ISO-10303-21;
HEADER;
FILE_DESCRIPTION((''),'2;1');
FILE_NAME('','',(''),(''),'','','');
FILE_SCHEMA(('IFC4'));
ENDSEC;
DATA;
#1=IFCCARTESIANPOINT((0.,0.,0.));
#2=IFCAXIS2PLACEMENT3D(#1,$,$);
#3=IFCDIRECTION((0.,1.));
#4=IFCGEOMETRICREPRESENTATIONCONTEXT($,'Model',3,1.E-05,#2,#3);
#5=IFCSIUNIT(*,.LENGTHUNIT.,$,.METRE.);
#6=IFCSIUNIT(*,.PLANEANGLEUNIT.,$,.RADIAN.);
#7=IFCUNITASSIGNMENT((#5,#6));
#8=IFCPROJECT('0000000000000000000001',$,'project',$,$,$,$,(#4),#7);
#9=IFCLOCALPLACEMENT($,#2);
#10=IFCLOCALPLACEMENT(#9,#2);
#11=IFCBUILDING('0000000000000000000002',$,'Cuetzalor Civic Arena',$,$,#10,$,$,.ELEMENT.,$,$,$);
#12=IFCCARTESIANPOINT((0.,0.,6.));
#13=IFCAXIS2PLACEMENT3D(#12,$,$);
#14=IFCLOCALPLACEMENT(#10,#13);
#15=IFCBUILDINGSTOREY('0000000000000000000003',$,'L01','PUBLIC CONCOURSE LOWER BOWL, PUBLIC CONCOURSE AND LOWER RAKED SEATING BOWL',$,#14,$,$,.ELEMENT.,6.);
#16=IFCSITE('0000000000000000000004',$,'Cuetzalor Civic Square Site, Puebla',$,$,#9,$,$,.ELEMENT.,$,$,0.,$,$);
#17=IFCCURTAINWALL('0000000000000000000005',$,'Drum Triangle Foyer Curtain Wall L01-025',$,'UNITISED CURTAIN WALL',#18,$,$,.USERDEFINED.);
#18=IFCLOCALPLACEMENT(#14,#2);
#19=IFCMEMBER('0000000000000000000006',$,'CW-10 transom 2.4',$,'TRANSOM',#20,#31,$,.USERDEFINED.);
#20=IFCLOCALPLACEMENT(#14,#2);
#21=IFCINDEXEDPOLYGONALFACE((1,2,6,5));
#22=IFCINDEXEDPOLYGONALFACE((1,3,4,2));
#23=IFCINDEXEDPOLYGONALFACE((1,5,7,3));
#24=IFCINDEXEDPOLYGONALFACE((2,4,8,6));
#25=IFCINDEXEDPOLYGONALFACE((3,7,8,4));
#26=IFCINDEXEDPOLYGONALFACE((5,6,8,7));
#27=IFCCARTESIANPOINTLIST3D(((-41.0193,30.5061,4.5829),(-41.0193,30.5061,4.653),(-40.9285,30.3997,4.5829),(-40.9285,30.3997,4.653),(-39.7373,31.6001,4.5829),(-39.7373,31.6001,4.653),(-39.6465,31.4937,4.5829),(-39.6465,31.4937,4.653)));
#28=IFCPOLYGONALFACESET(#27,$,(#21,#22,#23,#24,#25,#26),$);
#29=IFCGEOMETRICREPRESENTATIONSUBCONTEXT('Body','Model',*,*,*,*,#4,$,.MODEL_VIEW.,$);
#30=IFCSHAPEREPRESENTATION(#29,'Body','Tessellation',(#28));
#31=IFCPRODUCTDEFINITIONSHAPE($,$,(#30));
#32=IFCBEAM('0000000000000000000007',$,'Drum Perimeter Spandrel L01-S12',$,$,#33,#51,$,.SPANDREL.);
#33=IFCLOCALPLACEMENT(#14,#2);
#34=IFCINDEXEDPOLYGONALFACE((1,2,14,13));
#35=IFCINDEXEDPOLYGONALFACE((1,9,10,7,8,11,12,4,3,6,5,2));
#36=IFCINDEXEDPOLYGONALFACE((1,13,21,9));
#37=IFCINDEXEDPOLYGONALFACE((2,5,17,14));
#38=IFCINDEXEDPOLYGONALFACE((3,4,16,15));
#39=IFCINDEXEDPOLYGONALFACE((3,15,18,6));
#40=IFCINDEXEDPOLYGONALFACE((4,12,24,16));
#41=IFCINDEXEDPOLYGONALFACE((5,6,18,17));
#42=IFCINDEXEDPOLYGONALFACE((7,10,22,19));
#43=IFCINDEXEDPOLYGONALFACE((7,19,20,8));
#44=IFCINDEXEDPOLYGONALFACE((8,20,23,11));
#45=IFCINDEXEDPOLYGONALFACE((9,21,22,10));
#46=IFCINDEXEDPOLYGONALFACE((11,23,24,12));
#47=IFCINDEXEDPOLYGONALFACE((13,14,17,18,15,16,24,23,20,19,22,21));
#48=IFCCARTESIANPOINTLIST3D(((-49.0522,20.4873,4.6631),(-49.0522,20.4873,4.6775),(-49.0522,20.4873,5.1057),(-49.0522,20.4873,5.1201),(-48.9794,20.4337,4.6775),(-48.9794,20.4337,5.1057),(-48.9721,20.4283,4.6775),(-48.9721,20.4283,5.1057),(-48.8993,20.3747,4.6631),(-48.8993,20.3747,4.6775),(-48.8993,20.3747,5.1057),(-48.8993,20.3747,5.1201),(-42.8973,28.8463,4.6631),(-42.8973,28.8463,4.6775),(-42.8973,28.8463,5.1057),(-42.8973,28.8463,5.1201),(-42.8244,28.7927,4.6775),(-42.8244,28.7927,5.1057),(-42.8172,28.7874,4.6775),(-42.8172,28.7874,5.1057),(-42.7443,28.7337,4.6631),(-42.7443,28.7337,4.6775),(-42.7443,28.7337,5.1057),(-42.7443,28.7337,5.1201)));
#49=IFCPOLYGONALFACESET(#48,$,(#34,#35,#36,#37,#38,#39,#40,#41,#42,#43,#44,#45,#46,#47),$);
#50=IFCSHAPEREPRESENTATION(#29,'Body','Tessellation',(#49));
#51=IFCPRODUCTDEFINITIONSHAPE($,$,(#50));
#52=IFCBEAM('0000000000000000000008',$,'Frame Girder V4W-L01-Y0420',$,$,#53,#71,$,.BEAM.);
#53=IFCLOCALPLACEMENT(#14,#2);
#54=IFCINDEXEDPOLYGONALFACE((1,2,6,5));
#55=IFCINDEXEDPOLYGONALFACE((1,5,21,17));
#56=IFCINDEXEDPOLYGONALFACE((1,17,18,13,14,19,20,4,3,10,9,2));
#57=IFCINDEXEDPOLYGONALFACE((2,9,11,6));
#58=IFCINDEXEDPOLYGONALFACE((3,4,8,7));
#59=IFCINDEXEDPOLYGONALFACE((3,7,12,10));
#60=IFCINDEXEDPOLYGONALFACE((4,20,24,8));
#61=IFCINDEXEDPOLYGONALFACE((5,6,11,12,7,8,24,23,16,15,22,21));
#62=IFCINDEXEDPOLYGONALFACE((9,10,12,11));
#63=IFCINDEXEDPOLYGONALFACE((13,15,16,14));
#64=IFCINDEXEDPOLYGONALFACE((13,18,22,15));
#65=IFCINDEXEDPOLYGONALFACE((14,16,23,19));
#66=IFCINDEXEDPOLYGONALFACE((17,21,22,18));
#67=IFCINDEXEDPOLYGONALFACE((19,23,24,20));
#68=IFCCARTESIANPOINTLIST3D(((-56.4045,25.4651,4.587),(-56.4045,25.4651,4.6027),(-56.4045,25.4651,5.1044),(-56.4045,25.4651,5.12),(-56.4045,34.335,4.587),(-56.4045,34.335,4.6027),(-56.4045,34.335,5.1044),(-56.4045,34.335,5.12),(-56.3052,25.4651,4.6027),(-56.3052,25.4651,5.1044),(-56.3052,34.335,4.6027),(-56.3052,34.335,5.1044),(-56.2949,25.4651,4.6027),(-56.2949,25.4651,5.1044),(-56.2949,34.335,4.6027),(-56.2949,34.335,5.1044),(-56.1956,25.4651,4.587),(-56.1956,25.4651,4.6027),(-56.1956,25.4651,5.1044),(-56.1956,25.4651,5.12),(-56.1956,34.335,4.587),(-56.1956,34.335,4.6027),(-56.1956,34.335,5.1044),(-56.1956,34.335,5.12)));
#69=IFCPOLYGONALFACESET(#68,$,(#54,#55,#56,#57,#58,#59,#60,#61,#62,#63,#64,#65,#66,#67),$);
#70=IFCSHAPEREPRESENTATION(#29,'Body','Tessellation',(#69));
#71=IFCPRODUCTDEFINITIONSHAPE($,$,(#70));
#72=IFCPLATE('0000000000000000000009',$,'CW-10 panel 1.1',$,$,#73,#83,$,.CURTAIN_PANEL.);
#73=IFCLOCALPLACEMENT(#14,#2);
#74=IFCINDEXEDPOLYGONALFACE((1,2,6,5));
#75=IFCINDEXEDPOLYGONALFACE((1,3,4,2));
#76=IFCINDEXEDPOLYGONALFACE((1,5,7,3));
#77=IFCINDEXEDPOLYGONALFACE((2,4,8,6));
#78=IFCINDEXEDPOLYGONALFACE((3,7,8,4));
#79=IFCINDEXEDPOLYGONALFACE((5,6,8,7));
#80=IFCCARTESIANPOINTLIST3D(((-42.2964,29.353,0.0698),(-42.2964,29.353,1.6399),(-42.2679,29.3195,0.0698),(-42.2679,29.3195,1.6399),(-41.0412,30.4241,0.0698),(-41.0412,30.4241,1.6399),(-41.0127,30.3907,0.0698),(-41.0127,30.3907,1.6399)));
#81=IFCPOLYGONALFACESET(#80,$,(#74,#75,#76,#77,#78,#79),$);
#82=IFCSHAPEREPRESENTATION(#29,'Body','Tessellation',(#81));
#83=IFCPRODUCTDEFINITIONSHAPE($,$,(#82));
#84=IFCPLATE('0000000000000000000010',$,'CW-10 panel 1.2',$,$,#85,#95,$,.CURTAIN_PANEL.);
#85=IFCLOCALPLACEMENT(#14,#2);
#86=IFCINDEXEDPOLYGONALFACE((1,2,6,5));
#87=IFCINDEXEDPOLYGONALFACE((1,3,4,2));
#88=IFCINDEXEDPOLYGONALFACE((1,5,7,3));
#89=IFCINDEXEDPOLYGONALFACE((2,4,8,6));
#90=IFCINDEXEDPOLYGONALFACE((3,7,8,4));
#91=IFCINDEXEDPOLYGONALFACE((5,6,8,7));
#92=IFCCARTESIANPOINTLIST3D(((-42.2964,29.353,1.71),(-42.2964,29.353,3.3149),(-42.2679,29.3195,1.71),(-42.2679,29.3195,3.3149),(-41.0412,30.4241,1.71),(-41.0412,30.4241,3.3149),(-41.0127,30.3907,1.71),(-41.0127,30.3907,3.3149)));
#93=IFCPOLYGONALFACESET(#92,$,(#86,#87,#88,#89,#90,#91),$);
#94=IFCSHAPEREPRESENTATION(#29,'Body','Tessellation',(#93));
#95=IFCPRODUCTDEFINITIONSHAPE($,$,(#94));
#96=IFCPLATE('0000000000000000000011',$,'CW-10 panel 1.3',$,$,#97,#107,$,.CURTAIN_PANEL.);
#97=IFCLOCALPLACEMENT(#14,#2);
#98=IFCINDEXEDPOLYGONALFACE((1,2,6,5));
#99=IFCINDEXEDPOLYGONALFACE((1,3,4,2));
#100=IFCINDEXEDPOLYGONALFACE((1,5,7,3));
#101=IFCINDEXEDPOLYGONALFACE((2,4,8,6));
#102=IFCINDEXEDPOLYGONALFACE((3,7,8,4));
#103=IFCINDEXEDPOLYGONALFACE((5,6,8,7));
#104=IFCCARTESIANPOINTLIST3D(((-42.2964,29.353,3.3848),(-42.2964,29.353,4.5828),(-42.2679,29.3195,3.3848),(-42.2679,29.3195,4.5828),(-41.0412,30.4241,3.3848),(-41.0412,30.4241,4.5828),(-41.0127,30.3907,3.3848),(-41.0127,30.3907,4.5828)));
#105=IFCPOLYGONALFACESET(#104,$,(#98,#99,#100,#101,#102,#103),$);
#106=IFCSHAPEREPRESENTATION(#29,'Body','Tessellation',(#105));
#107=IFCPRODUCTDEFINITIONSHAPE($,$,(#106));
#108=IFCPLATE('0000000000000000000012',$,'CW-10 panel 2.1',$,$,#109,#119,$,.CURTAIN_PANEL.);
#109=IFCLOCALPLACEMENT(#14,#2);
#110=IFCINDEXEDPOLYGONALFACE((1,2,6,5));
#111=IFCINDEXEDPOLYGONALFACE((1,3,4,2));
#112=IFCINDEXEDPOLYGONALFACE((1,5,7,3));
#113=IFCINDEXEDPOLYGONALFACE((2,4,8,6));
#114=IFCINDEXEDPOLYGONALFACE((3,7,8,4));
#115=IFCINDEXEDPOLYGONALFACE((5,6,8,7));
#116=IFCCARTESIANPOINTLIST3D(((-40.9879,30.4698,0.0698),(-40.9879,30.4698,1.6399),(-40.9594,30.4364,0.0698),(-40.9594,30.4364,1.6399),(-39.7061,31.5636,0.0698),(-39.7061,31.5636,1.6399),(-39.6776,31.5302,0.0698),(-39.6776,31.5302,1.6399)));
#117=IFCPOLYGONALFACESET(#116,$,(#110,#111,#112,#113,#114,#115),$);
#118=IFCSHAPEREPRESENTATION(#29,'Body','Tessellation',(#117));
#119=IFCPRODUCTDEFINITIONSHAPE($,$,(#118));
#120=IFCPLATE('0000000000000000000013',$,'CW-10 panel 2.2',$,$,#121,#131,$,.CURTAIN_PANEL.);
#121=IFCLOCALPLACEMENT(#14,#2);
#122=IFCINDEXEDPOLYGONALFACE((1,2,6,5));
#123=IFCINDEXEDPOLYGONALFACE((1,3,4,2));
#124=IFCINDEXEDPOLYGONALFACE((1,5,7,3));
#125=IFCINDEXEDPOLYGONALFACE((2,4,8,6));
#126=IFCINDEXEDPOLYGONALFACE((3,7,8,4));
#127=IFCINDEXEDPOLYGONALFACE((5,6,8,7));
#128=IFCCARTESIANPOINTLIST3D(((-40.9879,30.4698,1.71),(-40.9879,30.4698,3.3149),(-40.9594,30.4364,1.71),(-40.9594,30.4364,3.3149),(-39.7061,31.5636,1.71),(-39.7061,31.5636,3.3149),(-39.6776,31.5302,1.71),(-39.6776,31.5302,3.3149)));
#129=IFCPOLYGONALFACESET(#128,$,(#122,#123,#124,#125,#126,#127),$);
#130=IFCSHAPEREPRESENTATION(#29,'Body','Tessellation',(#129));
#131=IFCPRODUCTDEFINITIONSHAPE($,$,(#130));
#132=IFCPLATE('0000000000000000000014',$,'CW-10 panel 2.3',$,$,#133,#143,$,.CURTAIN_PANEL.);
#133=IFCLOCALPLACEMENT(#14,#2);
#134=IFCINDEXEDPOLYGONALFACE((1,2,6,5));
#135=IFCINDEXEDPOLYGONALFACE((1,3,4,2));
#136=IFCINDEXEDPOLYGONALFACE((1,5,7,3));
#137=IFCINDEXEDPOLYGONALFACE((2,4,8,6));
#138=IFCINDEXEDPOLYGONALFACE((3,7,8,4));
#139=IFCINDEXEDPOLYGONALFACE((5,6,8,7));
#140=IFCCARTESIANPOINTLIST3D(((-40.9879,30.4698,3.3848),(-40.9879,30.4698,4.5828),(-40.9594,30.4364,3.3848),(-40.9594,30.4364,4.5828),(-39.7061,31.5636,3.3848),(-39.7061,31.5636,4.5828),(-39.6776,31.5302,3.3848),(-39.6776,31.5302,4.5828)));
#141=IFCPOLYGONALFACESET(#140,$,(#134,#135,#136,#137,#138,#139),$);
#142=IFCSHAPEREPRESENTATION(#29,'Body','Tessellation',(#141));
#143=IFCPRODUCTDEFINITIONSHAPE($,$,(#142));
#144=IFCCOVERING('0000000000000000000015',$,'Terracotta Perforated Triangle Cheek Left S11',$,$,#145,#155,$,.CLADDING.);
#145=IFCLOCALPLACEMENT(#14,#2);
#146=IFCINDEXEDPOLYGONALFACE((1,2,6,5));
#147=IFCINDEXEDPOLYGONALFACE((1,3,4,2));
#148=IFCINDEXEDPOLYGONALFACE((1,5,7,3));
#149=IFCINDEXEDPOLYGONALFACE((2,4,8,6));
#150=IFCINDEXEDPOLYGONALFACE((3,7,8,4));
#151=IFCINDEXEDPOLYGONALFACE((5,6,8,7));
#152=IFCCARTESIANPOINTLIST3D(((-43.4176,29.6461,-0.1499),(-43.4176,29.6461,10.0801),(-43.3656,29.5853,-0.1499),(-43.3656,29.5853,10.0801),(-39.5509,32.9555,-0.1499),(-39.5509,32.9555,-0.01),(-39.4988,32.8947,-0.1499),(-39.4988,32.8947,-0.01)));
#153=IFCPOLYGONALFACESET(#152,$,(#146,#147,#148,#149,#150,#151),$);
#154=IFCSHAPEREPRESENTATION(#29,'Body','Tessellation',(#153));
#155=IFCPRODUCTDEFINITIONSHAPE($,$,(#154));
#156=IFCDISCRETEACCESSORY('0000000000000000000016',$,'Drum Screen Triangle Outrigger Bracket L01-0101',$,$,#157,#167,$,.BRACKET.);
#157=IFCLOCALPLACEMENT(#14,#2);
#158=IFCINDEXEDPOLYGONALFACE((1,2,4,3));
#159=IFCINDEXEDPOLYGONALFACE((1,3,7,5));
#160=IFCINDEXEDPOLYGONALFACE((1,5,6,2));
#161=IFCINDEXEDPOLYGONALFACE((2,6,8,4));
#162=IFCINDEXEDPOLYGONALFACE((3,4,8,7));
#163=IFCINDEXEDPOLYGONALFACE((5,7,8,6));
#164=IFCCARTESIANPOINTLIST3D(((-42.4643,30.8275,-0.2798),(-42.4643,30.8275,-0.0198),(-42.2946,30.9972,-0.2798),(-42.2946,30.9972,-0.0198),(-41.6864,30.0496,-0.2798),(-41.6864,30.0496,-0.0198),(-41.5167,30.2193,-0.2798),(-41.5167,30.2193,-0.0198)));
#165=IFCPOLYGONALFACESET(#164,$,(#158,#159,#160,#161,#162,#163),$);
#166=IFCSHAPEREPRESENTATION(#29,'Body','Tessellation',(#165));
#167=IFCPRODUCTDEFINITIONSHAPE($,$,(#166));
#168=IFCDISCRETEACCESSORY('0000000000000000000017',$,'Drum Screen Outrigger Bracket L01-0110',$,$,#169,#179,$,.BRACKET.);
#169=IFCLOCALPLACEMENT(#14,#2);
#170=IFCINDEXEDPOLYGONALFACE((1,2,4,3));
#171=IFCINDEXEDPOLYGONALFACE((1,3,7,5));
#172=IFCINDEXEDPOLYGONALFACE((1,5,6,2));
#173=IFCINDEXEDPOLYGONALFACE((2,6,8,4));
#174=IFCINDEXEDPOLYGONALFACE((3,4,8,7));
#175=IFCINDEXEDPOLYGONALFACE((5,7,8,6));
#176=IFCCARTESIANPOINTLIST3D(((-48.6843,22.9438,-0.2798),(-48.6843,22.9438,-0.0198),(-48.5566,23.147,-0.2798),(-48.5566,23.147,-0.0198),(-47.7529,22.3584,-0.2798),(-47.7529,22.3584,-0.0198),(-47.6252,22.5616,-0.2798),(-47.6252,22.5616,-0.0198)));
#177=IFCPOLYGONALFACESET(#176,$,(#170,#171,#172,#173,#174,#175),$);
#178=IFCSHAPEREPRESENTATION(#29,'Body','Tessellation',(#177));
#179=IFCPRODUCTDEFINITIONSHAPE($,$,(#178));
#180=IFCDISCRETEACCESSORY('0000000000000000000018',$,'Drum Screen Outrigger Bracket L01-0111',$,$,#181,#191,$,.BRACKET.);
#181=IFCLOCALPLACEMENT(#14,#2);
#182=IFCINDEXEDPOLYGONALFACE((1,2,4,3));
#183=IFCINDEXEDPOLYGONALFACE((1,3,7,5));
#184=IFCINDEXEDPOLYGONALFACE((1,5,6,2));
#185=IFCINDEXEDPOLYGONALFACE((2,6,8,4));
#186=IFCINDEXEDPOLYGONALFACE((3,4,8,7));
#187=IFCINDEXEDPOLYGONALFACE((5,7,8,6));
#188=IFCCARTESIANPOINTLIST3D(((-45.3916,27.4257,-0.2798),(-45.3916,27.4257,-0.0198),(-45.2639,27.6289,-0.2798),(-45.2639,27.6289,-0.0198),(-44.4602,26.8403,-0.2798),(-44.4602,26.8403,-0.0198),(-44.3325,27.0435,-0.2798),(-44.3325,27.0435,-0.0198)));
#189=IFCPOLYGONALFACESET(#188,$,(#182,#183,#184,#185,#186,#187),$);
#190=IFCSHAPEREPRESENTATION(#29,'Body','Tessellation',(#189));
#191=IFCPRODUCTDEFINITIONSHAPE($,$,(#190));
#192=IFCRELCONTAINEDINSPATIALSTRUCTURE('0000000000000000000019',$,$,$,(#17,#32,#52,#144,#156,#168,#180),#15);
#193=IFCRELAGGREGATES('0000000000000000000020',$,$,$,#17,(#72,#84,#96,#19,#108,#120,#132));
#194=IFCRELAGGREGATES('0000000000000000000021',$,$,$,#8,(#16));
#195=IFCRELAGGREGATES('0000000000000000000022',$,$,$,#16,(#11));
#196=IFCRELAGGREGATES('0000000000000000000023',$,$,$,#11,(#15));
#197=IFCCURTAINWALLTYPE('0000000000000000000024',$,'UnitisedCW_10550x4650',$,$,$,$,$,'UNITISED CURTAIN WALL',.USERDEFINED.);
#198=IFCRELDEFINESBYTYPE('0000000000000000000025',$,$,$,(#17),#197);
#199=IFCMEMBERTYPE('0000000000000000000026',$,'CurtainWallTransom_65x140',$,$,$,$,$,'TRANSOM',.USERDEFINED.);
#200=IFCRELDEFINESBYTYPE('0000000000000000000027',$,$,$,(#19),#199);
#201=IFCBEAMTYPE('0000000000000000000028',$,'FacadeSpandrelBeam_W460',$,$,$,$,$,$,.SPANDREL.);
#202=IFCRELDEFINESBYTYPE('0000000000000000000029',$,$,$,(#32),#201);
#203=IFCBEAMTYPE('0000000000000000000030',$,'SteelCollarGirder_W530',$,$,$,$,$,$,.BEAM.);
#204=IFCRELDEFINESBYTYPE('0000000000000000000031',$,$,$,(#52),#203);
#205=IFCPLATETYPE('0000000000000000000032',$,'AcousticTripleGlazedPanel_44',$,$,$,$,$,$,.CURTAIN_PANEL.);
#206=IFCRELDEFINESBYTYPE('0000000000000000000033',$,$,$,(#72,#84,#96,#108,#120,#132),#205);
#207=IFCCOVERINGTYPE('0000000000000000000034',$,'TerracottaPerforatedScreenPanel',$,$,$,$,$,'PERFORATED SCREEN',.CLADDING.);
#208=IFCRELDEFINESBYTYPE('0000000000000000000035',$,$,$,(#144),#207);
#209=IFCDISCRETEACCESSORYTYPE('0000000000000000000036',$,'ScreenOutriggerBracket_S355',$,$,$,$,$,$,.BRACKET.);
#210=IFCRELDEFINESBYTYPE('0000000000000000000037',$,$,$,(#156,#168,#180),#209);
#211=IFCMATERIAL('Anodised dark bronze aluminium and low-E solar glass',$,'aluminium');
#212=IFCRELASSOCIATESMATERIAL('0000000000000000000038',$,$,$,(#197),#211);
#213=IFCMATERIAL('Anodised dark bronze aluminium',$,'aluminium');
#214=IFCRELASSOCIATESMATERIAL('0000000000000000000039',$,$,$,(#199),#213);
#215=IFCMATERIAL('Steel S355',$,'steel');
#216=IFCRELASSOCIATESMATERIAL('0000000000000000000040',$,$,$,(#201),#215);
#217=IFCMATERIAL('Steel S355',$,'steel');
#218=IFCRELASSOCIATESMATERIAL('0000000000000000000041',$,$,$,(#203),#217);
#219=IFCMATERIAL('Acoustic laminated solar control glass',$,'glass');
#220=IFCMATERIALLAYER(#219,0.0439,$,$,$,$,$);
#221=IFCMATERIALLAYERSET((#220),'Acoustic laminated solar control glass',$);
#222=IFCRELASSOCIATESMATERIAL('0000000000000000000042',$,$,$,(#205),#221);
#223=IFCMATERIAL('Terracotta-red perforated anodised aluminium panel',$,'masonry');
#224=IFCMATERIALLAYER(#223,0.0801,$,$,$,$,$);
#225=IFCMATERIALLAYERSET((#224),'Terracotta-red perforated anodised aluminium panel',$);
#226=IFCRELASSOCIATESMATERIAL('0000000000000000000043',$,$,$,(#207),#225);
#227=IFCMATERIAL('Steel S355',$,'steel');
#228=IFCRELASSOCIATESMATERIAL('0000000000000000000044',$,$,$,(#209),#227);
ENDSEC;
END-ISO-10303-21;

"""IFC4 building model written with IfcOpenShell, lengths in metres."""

from ifc_helpers import new_model, si_unit, direction, frame, origin, origin_2d, place, context, subcontext, project, spatial, polyline, rectangle, i_section, outline, extrude, material, layer, layer_set, material_profile, profile_set, type_object, element, aggregate, save


model = new_model("IFC4")

# Units and contexts
model_context = context("Model", 3, precision=1e-05, world=origin(), true_north=direction((0.0, 1.0)))
body_context = subcontext(model_context, "Body", "Model", "MODEL_VIEW")
ifc_project = project(units=[si_unit("LENGTHUNIT", "METRE"), si_unit("PLANEANGLEUNIT", "RADIAN")], contexts=[model_context])

# Site, building, storey
site_placement = place(None, origin())
site = spatial("IfcSite", under=ifc_project, at=site_placement, Name="Cuetzalor Civic Square Site, Puebla", CompositionType="ELEMENT", RefElevation=0.0)
building_placement = place(site_placement, origin())
building = spatial("IfcBuilding", under=site, at=building_placement, Name="Cuetzalor Civic Arena", CompositionType="ELEMENT")
storey_placement = place(building_placement, frame((0.0, 0.0, 6.0)))
storey = spatial("IfcBuildingStorey", under=building, at=storey_placement, Name="L01", Description="PUBLIC CONCOURSE LOWER BOWL, PUBLIC CONCOURSE AND LOWER RAKED SEATING BOWL", CompositionType="ELEMENT", Elevation=6.0)

# Curtain wall, member
ifc_material_1 = material(Name="Anodised dark bronze aluminium and low-E solar glass", Category="aluminium")
curtain_wall_type = type_object("IfcCurtainWallType", Name="UnitisedCW_10550x4650", ElementType="UNITISED CURTAIN WALL", PredefinedType="USERDEFINED", material=ifc_material_1)
curtain_wall_placement = place(storey_placement, origin())
curtain_wall = element("IfcCurtainWall", 1, at=curtain_wall_placement, inside=storey, type_object=curtain_wall_type, Name="Drum Triangle Foyer Curtain Wall L01-025", ObjectType="UNITISED CURTAIN WALL", PredefinedType="USERDEFINED")
ifc_material_2 = material(Name="Anodised dark bronze aluminium", Category="aluminium")
ifc_material_profile_1 = material_profile(ifc_material_2, rectangle(XDim=0.1399, YDim=0.0701, at=origin_2d()), Name="ALU TRANSOM 70x140")
ifc_profile_set_1 = profile_set([ifc_material_profile_1], Name="Anodised dark bronze aluminium")
member_type_1 = type_object("IfcMemberType", Name="CurtainWallTransom_65x140", ElementType="TRANSOM", PredefinedType="USERDEFINED", material=ifc_profile_set_1)
member_1_placement = place(storey_placement, frame((-40.9739, 30.4529, 4.6179), z_axis=(0.760676, 0.649132, 0.0), x_axis=(-0.649132, 0.760676, 0.0)))
member_1 = element("IfcMember", 2, at=member_1_placement, type_object=member_type_1, Name="CW-10 transom 2.4", ObjectType="TRANSOM", PredefinedType="USERDEFINED", context=body_context, shape_type="SweptSolid", body=[
    extrude(rectangle(XDim=0.1399, YDim=0.0701, at=origin_2d()), origin(), (0.0, 0.0, 1.0), 1.6853),
])

# Beams
ifc_material_3 = material(Name="Steel S355", Category="steel")
ifc_material_profile_2 = material_profile(ifc_material_3, i_section(OverallWidth=0.1899, OverallDepth=0.457, WebThickness=0.009, FlangeThickness=0.0144, at=origin_2d()), Name="W460x74")
ifc_profile_set_2 = profile_set([ifc_material_profile_2], Name="Steel S355")
beam_type_1 = type_object("IfcBeamType", Name="FacadeSpandrelBeam_W460", PredefinedType="SPANDREL", material=ifc_profile_set_2)
beam_1_placement = place(storey_placement, frame((-42.8208, 28.79, 4.8916), z_axis=(-0.592929, -0.805255, 0.0), x_axis=(0.805255, -0.592929, 0.0)))
element("IfcBeam", 3, at=beam_1_placement, inside=storey, type_object=beam_type_1, Name="Drum Perimeter Spandrel L01-S12", PredefinedType="SPANDREL", context=body_context, shape_type="SweptSolid", body=[
    extrude(i_section(OverallWidth=0.1899, OverallDepth=0.457, WebThickness=0.009, FlangeThickness=0.0144, at=origin_2d()), origin(), (0.0, 0.0, 1.0), 10.3806),
])
ifc_material_4 = material(Name="Steel S355", Category="steel")
ifc_material_profile_3 = material_profile(ifc_material_4, i_section(OverallWidth=0.209, OverallDepth=0.533, WebThickness=0.0103, FlangeThickness=0.0156, at=origin_2d()), Name="W530x92")
ifc_profile_set_3 = profile_set([ifc_material_profile_3], Name="Steel S355")
beam_type_2 = type_object("IfcBeamType", Name="SteelCollarGirder_W530", PredefinedType="BEAM", material=ifc_profile_set_3)
beam_2_placement = place(storey_placement, frame((-56.3, 25.4651, 4.8535), z_axis=(0.0, 1.0, 0.0), x_axis=(-1.0, 0.0, 0.0)))
element("IfcBeam", 4, at=beam_2_placement, inside=storey, type_object=beam_type_2, Name="Frame Girder V4W-L01-Y0420", PredefinedType="BEAM", context=body_context, shape_type="SweptSolid", body=[
    extrude(i_section(OverallWidth=0.209, OverallDepth=0.533, WebThickness=0.0103, FlangeThickness=0.0156, at=origin_2d()), origin(), (0.0, 0.0, 1.0), 8.8699),
])

# Plates
ifc_material_5 = material(Name="Acoustic laminated solar control glass", Category="glass")
ifc_layer_1 = layer(ifc_material_5, 0.0439)
ifc_layer_set_1 = layer_set([ifc_layer_1], Name="Acoustic laminated solar control glass")
plate_type = type_object("IfcPlateType", Name="AcousticTripleGlazedPanel_44", PredefinedType="CURTAIN_PANEL", material=ifc_layer_set_1)
plate_1_placement = place(storey_placement, frame((-41.6545, 29.8718, 0.0698), z_axis=(0.0, 0.0, 1.0), x_axis=(0.760677, 0.64913, 0.0)))
plate_1 = element("IfcPlate", 5, at=plate_1_placement, type_object=plate_type, Name="CW-10 panel 1.1", PredefinedType="CURTAIN_PANEL", context=body_context, shape_type="SweptSolid", body=[
    extrude(rectangle(XDim=1.6501, YDim=0.0439, at=origin_2d()), origin(), (0.0, 0.0, 1.0), 1.5701),
])
plate_2_placement = place(storey_placement, frame((-41.6545, 29.8718, 1.71), z_axis=(0.0, 0.0, 1.0), x_axis=(0.760677, 0.64913, 0.0)))
plate_2 = element("IfcPlate", 6, at=plate_2_placement, type_object=plate_type, Name="CW-10 panel 1.2", PredefinedType="CURTAIN_PANEL", context=body_context, shape_type="SweptSolid", body=[
    extrude(rectangle(XDim=1.6501, YDim=0.0439, at=origin_2d()), origin(), (0.0, 0.0, 1.0), 1.605),
])
plate_3_placement = place(storey_placement, frame((-41.6545, 29.8718, 3.3848), z_axis=(0.0, 0.0, 1.0), x_axis=(0.760677, 0.64913, 0.0)))
plate_3 = element("IfcPlate", 7, at=plate_3_placement, type_object=plate_type, Name="CW-10 panel 1.3", PredefinedType="CURTAIN_PANEL", context=body_context, shape_type="SweptSolid", body=[
    extrude(rectangle(XDim=1.6501, YDim=0.0439, at=origin_2d()), origin(), (0.0, 0.0, 1.0), 1.198),
])
plate_4_placement = place(storey_placement, frame((-40.3328, 31.0, 0.0698), z_axis=(0.0, 0.0, 1.0), x_axis=(0.760677, 0.64913, 0.0)))
plate_4 = element("IfcPlate", 8, at=plate_4_placement, type_object=plate_type, Name="CW-10 panel 2.1", PredefinedType="CURTAIN_PANEL", context=body_context, shape_type="SweptSolid", body=[
    extrude(rectangle(XDim=1.6851, YDim=0.0439, at=origin_2d()), origin(), (0.0, 0.0, 1.0), 1.5701),
])
plate_5_placement = place(storey_placement, frame((-40.3328, 31.0, 1.71), z_axis=(0.0, 0.0, 1.0), x_axis=(0.760677, 0.64913, 0.0)))
plate_5 = element("IfcPlate", 9, at=plate_5_placement, type_object=plate_type, Name="CW-10 panel 2.2", PredefinedType="CURTAIN_PANEL", context=body_context, shape_type="SweptSolid", body=[
    extrude(rectangle(XDim=1.6851, YDim=0.0439, at=origin_2d()), origin(), (0.0, 0.0, 1.0), 1.605),
])
plate_6_placement = place(storey_placement, frame((-40.3328, 31.0, 3.3848), z_axis=(0.0, 0.0, 1.0), x_axis=(0.760677, 0.64913, 0.0)))
plate_6 = element("IfcPlate", 10, at=plate_6_placement, type_object=plate_type, Name="CW-10 panel 2.3", PredefinedType="CURTAIN_PANEL", context=body_context, shape_type="SweptSolid", body=[
    extrude(rectangle(XDim=1.6851, YDim=0.0439, at=origin_2d()), origin(), (0.0, 0.0, 1.0), 1.198),
])
aggregate(curtain_wall, [plate_1, plate_2, plate_3, member_1, plate_4, plate_5, plate_6])

# Covering
ifc_material_6 = material(Name="Terracotta-red perforated anodised aluminium panel", Category="masonry")
ifc_layer_2 = layer(ifc_material_6, 0.0801)
ifc_layer_set_2 = layer_set([ifc_layer_2], Name="Terracotta-red perforated anodised aluminium panel")
covering_type = type_object("IfcCoveringType", Name="TerracottaPerforatedScreenPanel", ElementType="PERFORATED SCREEN", PredefinedType="CLADDING", material=ifc_layer_set_2)
covering_placement = place(storey_placement, frame((-43.3916, 29.6157, -0.1499), z_axis=(0.0, 0.0, 1.0), x_axis=(0.759741, 0.650226, 0.0)))
element("IfcCovering", 11, at=covering_placement, inside=storey, type_object=covering_type, Name="Terracotta Perforated Triangle Cheek Left S11", PredefinedType="CLADDING", context=body_context, shape_type="SweptSolid", body=[
    extrude(outline(polyline([(0.0, 0.0), (5.0896, 0.0), (5.0896, 0.1399), (0.0, 10.23), (0.0, 0.0)])), frame((0.0, 0.04, 0.0), z_axis=(0.0, -1.0, 0.0), x_axis=(1.0, 0.0, 0.0)), (0.0, 0.0, 1.0), 0.0801),
])

# Discrete accessories
ifc_material_7 = material(Name="Steel S355", Category="steel")
discrete_accessory_type = type_object("IfcDiscreteAccessoryType", Name="ScreenOutriggerBracket_S355", PredefinedType="BRACKET", material=ifc_material_7)
for number, where, z_axis, x_axis, name in (
    (12, (-41.9905, 30.5234, -0.2798), (0.0, 0.0, 1.0), (-0.707107, 0.707107, 0.0), "Drum Screen Triangle Outrigger Bracket L01-0101"),
    (13, (-48.1548, 22.7527, -0.2798), (0.0, 0.0, 1.0), (-0.846658, 0.532138, 0.0), "Drum Screen Outrigger Bracket L01-0110"),
    (14, (-44.8621, 27.2346, -0.2798), (0.0, 0.0, 1.0), (-0.846658, 0.532138, 0.0), "Drum Screen Outrigger Bracket L01-0111"),
):
    element("IfcDiscreteAccessory", number, at=place(storey_placement, frame(where, z_axis=z_axis, x_axis=x_axis)), inside=storey, type_object=discrete_accessory_type, Name=name, PredefinedType="BRACKET", context=body_context, shape_type="SweptSolid", body=[
        extrude(rectangle(XDim=1.1001, YDim=0.24, at=origin_2d()), origin(), (0.0, 0.0, 1.0), 0.26),
    ])

save(model, "model.ifc")
